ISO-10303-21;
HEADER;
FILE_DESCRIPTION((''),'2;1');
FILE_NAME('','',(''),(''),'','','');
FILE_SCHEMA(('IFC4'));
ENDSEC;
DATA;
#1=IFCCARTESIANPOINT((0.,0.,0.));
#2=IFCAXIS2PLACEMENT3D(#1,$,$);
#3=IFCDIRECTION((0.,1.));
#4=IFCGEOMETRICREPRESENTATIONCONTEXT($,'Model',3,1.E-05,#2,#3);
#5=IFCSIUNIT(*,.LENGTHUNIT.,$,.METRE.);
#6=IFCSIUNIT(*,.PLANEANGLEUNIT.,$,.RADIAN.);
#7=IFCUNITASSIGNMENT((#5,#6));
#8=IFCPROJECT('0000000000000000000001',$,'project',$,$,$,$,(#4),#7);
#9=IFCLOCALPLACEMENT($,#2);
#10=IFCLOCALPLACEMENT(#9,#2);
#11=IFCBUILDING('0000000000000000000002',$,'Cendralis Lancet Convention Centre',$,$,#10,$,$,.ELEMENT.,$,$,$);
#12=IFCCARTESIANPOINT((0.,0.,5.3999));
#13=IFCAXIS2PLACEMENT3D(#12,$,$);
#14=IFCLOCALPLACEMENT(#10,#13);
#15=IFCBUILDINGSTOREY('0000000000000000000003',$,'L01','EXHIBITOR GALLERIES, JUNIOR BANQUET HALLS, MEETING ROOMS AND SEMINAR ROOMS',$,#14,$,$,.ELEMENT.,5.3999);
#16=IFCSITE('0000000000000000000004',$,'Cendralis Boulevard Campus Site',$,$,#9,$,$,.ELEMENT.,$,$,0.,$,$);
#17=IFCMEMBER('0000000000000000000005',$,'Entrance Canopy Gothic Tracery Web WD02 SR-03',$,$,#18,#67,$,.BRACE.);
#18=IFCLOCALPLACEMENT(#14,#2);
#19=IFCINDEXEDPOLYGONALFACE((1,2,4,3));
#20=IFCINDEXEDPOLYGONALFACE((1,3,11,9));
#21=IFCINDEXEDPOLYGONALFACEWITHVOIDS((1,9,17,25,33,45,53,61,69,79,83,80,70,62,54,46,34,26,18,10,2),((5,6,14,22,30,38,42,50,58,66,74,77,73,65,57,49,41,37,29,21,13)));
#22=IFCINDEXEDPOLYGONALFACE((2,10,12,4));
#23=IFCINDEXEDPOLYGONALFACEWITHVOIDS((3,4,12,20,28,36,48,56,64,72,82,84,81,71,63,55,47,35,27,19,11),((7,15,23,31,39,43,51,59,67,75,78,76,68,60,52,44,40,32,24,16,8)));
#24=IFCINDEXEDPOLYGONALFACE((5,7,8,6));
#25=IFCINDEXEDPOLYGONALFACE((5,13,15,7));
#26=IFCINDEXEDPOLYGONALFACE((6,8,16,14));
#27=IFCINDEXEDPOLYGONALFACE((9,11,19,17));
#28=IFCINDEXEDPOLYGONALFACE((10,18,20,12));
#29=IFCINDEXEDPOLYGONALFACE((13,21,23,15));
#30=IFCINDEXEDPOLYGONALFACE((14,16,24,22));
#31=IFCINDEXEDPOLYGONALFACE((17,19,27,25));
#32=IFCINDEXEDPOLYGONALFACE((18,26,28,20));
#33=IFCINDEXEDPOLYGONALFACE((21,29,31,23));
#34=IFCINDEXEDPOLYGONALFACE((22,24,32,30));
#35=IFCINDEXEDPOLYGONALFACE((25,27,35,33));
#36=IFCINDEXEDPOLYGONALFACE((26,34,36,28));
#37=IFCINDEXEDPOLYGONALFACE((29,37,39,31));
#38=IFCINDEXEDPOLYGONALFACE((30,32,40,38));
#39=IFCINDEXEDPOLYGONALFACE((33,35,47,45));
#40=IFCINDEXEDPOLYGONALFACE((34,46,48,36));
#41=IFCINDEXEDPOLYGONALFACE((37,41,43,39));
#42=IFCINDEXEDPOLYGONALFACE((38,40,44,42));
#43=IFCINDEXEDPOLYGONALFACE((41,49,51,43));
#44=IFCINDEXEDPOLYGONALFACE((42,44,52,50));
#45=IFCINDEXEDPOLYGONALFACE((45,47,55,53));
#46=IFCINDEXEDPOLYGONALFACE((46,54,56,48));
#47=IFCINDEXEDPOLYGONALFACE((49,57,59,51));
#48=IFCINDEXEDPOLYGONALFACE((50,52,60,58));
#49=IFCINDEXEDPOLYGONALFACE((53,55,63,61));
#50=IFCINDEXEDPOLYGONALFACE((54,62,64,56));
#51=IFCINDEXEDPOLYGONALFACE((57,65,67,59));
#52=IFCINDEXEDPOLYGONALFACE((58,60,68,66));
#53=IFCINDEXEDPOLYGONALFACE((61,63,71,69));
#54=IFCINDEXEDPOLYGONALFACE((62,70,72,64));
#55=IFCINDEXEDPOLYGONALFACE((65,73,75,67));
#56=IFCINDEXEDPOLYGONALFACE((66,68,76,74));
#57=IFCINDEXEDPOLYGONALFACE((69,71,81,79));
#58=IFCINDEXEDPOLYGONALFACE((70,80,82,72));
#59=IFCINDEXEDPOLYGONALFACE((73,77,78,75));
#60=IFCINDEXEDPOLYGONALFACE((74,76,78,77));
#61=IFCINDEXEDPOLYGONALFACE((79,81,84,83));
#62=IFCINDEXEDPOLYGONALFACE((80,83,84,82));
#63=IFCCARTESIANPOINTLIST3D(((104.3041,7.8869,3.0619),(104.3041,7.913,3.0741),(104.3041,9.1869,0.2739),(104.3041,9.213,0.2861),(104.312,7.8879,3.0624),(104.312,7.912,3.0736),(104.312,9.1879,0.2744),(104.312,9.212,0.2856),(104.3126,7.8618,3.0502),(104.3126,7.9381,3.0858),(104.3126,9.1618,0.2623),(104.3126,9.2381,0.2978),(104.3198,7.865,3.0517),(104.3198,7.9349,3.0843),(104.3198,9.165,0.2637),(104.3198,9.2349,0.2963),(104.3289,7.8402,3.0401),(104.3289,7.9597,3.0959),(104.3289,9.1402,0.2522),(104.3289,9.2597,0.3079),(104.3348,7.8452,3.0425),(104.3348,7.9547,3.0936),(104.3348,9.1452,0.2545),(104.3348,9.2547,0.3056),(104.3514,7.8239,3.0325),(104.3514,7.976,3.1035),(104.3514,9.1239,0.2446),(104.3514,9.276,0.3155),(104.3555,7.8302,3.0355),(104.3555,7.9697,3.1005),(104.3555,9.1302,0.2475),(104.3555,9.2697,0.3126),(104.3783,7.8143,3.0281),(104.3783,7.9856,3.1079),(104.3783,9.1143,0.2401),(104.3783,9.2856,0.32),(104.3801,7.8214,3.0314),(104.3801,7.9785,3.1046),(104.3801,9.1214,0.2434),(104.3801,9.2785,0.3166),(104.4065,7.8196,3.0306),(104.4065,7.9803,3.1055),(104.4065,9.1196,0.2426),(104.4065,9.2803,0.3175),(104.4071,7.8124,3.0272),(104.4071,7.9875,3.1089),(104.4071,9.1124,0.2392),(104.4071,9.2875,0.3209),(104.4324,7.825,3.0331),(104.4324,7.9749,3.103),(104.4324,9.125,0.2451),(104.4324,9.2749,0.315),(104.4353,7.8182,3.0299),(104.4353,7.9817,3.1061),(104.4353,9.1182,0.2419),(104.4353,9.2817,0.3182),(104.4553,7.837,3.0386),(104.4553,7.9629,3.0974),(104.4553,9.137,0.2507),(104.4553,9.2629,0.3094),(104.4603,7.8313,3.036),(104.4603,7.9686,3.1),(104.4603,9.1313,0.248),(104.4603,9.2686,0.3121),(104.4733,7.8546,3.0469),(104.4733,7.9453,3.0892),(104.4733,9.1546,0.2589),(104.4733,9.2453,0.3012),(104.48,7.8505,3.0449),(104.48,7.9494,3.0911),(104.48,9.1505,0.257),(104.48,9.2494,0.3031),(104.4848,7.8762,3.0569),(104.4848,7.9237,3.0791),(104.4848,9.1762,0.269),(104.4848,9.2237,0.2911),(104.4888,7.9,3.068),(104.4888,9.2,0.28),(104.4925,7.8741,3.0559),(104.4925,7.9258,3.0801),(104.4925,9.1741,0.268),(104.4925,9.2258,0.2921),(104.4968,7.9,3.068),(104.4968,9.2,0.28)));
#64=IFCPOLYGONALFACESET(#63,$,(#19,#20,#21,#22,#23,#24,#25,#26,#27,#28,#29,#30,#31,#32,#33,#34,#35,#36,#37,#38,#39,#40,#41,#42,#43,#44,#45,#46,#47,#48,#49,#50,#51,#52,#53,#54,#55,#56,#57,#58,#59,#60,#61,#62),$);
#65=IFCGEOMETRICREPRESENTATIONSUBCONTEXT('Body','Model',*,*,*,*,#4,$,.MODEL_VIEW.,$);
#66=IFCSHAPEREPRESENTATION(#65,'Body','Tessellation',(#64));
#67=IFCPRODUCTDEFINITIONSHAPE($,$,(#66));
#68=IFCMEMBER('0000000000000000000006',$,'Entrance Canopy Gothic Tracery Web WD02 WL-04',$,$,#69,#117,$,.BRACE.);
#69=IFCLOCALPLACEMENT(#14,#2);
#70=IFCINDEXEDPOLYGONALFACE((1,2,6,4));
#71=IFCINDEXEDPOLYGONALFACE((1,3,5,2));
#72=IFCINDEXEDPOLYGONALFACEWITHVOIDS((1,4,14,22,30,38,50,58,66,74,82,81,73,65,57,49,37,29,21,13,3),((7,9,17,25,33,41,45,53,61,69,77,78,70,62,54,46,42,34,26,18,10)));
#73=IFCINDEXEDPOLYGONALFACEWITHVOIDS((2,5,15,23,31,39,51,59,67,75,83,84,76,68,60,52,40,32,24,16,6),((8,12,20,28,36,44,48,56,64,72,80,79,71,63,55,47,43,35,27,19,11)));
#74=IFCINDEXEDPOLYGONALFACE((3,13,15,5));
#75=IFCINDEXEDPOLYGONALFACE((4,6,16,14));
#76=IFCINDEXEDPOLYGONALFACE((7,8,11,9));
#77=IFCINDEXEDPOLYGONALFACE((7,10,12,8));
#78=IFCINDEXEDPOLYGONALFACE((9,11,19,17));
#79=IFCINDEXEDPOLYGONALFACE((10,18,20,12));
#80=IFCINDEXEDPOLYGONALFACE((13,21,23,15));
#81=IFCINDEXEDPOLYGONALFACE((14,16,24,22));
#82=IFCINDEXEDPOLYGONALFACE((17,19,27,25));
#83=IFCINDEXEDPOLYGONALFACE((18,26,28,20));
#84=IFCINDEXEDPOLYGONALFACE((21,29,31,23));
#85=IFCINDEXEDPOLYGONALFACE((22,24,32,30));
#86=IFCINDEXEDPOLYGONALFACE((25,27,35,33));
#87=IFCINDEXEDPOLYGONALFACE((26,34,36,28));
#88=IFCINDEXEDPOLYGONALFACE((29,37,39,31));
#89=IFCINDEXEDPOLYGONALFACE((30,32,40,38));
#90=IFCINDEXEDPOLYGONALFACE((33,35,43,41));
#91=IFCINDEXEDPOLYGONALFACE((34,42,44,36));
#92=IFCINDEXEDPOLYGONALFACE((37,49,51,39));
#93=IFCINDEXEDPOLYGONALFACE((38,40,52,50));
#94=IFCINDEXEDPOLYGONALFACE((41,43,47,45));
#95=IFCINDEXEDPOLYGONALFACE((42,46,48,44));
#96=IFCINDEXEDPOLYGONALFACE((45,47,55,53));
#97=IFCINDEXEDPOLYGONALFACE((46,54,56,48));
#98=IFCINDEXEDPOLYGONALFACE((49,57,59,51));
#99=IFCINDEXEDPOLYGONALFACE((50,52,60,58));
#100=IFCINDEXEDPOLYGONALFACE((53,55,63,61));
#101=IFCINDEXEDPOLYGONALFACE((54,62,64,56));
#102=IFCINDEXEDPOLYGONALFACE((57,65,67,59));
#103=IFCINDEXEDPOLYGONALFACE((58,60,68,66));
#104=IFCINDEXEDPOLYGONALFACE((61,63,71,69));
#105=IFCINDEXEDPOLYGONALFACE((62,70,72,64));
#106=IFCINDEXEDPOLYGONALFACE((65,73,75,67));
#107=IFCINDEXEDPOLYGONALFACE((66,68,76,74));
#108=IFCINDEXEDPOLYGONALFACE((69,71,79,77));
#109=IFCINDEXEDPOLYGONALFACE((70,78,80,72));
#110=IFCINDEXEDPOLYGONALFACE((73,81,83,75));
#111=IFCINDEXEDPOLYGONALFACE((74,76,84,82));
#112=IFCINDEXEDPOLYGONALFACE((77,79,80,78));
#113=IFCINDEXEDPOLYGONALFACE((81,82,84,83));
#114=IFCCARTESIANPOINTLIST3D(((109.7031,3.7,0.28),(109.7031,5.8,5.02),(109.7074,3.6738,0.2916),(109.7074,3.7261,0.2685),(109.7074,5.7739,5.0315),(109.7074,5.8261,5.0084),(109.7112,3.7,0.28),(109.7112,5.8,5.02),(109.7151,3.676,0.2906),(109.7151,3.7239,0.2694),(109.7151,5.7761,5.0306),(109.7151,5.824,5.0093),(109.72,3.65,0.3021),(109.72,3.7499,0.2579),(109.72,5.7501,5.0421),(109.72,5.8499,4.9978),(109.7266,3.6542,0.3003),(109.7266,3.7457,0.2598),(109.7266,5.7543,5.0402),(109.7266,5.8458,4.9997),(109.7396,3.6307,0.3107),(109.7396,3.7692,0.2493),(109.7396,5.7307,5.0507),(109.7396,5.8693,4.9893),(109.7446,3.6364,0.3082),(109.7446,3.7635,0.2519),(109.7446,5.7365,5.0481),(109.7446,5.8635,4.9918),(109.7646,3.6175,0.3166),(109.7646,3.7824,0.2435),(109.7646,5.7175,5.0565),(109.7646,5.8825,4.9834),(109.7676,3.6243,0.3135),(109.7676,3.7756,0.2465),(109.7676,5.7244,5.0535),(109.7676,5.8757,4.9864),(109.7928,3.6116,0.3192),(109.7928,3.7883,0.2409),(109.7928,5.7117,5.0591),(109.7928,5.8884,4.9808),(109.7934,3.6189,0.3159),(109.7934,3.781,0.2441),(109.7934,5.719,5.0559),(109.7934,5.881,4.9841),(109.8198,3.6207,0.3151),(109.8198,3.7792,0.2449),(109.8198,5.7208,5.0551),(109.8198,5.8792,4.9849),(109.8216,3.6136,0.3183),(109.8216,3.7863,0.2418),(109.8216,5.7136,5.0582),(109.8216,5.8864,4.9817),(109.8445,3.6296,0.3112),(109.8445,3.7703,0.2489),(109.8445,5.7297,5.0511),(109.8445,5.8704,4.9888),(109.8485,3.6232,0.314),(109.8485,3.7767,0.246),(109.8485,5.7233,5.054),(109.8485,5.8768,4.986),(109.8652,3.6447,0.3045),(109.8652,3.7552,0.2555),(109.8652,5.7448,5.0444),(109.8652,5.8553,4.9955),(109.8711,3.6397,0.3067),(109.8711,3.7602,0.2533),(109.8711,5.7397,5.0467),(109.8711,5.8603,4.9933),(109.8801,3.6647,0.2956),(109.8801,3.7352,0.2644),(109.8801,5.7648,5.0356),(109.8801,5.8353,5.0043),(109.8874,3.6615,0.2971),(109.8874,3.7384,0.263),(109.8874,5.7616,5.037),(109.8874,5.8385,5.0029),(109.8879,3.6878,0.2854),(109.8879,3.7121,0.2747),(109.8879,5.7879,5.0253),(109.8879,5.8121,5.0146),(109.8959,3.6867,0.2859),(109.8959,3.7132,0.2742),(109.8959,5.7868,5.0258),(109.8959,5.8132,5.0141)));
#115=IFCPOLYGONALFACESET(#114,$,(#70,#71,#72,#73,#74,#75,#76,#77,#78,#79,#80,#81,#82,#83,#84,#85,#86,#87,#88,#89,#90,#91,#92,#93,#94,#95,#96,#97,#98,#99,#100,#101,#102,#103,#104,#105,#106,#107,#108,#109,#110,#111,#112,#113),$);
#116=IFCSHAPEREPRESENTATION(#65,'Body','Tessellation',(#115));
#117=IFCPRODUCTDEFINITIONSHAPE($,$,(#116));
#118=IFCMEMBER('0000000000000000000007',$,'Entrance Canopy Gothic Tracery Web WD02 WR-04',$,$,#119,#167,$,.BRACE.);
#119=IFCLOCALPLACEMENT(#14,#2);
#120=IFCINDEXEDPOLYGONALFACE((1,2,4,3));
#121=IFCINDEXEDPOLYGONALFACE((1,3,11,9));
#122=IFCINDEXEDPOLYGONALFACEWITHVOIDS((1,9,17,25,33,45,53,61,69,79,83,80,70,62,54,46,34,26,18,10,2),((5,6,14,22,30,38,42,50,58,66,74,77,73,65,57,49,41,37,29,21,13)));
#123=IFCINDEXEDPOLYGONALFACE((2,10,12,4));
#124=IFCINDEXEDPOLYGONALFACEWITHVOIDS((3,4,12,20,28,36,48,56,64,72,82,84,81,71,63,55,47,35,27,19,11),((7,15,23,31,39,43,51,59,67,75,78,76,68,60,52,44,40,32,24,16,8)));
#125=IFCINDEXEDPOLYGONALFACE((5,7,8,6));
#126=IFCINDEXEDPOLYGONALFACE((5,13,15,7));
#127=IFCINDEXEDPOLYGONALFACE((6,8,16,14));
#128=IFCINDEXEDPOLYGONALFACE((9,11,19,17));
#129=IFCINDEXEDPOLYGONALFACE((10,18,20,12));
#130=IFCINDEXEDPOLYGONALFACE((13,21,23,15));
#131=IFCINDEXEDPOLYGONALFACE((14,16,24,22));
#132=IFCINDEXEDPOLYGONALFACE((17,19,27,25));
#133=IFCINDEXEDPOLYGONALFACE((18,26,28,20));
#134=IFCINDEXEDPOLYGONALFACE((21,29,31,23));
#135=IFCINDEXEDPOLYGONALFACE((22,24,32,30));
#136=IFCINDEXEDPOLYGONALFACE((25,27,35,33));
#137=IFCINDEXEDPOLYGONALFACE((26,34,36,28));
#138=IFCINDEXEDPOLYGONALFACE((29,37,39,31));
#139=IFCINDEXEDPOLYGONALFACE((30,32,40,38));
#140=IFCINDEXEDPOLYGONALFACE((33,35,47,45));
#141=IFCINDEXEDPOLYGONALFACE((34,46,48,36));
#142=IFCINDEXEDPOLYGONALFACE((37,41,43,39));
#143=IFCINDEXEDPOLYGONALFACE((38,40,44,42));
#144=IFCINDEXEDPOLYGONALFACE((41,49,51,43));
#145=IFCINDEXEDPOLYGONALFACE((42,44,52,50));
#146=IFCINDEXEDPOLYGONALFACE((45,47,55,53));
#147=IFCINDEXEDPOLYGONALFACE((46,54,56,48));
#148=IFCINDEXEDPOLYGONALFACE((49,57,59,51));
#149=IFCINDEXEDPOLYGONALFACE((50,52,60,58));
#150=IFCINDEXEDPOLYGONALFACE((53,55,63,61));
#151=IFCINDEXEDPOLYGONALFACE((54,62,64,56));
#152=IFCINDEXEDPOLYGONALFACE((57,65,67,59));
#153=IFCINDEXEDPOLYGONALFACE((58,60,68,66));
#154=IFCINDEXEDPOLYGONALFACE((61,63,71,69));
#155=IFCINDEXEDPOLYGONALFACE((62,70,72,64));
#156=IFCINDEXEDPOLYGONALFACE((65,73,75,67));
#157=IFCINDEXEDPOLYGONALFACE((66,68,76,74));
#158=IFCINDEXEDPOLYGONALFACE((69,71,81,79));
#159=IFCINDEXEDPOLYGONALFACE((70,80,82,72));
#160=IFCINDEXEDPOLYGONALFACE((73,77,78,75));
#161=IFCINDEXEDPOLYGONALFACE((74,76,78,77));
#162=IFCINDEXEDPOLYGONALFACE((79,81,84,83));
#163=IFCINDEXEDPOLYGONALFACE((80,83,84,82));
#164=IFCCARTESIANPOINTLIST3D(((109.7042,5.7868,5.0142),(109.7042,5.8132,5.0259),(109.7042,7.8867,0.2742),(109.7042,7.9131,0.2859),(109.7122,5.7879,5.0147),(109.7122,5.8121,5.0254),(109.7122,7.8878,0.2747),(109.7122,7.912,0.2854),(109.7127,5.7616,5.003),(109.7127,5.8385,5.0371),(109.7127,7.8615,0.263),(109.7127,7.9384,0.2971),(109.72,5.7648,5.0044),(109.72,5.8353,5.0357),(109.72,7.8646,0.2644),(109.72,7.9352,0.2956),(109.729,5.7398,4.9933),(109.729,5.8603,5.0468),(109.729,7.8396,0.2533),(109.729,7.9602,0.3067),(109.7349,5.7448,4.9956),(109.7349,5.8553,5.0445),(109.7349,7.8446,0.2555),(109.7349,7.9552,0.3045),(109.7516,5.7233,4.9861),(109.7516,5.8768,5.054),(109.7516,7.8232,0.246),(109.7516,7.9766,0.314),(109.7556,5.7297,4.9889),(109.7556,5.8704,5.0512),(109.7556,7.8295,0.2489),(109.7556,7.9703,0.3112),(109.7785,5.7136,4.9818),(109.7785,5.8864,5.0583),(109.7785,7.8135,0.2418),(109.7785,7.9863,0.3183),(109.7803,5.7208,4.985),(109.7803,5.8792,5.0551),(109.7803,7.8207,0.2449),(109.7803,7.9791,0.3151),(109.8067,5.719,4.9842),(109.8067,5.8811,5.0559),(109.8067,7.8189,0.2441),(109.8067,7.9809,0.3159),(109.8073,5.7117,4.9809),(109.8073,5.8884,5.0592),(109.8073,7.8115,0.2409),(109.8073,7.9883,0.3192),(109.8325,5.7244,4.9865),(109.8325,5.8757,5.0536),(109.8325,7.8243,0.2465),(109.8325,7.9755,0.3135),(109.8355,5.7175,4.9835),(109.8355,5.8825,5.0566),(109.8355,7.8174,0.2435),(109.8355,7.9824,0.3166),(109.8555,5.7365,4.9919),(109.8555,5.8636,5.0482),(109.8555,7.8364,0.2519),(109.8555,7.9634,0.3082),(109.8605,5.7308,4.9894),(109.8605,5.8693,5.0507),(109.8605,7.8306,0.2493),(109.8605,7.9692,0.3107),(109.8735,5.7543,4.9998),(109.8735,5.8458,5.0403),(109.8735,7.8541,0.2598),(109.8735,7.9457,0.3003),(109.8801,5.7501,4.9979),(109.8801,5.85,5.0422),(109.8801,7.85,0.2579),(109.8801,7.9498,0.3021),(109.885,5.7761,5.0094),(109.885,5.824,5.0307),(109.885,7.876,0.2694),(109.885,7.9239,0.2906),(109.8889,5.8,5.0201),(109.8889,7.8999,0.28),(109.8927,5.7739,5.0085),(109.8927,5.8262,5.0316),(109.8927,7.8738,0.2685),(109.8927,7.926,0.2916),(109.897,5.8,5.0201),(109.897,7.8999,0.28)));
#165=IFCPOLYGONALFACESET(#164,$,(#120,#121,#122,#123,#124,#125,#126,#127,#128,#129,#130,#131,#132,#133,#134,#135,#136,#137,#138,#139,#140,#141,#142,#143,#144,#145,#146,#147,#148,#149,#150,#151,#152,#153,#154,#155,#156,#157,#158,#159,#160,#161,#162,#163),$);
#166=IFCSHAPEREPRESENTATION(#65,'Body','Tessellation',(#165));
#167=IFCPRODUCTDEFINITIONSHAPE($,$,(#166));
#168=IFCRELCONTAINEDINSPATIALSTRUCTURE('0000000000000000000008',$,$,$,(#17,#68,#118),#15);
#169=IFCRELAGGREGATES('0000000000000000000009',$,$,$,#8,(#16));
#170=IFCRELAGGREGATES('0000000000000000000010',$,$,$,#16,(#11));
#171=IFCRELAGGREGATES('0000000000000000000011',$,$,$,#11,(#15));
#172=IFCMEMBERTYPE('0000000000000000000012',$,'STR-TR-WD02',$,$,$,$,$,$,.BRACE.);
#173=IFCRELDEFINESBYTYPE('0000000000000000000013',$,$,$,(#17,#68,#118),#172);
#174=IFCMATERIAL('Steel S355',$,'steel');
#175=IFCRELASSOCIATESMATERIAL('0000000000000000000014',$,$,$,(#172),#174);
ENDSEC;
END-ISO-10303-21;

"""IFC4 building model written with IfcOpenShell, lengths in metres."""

from ifc_helpers import new_model, si_unit, direction, frame, origin, origin_2d, place, context, subcontext, project, spatial, hollow_circle, extrude, material, material_profile, profile_set, type_object, element, save


model = new_model("IFC4")

# Units and contexts
model_context = context("Model", 3, precision=1e-05, world=origin(), true_north=direction((0.0, 1.0)))
body_context = subcontext(model_context, "Body", "Model", "MODEL_VIEW")
ifc_project = project(units=[si_unit("LENGTHUNIT", "METRE"), si_unit("PLANEANGLEUNIT", "RADIAN")], contexts=[model_context])

# Site, building, storey
site_placement = place(None, origin())
site = spatial("IfcSite", under=ifc_project, at=site_placement, Name="Cendralis Boulevard Campus Site", CompositionType="ELEMENT", RefElevation=0.0)
building_placement = place(site_placement, origin())
building = spatial("IfcBuilding", under=site, at=building_placement, Name="Cendralis Lancet Convention Centre", CompositionType="ELEMENT")
storey_placement = place(building_placement, frame((0.0, 0.0, 5.3999)))
storey = spatial("IfcBuildingStorey", under=building, at=storey_placement, Name="L01", Description="EXHIBITOR GALLERIES, JUNIOR BANQUET HALLS, MEETING ROOMS AND SEMINAR ROOMS", CompositionType="ELEMENT", Elevation=5.3999)

# Members
ifc_material = material(Name="Steel S355", Category="steel")
ifc_material_profile_1 = material_profile(ifc_material, hollow_circle(Radius=0.0969, WallThickness=0.0081, at=origin_2d()), Name="CHS 193.7x8.0")
ifc_profile_set_1 = profile_set([ifc_material_profile_1], Name="Steel S355")
member_type_1 = type_object("IfcMemberType", Name="STR-TR-WD02", PredefinedType="BRACE", material=ifc_profile_set_1)
member_1_placement = place(storey_placement, frame((104.3999, 9.2, 0.28), z_axis=(0.0, -0.422603, 0.906315), x_axis=(1.0, 0.0, 0.0)))
element("IfcMember", 1, at=member_1_placement, inside=storey, type_object=member_type_1, Name="Entrance Canopy Gothic Tracery Web WD02 SR-03", PredefinedType="BRACE", context=body_context, shape_type="SweptSolid", body=[
    extrude(hollow_circle(Radius=0.0969, WallThickness=0.0081, at=origin_2d()), origin(), (0.0, 0.0, 1.0), 3.0762),
])
for number, where, z_axis, x_axis, name in (
    (2, (109.8, 3.7, 0.28), (0.0, 0.405081, 0.914281), (-1.0, 0.0, 0.0), "Entrance Canopy Gothic Tracery Web WD02 WL-04"),
    (3, (109.8, 7.8999, 0.28), (0.0, -0.405041, 0.914298), (1.0, 0.0, 0.0), "Entrance Canopy Gothic Tracery Web WD02 WR-04"),
):
    element("IfcMember", number, at=place(storey_placement, frame(where, z_axis=z_axis, x_axis=x_axis)), inside=storey, type_object=member_type_1, Name=name, PredefinedType="BRACE", context=body_context, shape_type="SweptSolid", body=[
        extrude(hollow_circle(Radius=0.0969, WallThickness=0.0081, at=origin_2d()), origin(), (0.0, 0.0, 1.0), 5.1843),
    ])

save(model, "model.ifc")
